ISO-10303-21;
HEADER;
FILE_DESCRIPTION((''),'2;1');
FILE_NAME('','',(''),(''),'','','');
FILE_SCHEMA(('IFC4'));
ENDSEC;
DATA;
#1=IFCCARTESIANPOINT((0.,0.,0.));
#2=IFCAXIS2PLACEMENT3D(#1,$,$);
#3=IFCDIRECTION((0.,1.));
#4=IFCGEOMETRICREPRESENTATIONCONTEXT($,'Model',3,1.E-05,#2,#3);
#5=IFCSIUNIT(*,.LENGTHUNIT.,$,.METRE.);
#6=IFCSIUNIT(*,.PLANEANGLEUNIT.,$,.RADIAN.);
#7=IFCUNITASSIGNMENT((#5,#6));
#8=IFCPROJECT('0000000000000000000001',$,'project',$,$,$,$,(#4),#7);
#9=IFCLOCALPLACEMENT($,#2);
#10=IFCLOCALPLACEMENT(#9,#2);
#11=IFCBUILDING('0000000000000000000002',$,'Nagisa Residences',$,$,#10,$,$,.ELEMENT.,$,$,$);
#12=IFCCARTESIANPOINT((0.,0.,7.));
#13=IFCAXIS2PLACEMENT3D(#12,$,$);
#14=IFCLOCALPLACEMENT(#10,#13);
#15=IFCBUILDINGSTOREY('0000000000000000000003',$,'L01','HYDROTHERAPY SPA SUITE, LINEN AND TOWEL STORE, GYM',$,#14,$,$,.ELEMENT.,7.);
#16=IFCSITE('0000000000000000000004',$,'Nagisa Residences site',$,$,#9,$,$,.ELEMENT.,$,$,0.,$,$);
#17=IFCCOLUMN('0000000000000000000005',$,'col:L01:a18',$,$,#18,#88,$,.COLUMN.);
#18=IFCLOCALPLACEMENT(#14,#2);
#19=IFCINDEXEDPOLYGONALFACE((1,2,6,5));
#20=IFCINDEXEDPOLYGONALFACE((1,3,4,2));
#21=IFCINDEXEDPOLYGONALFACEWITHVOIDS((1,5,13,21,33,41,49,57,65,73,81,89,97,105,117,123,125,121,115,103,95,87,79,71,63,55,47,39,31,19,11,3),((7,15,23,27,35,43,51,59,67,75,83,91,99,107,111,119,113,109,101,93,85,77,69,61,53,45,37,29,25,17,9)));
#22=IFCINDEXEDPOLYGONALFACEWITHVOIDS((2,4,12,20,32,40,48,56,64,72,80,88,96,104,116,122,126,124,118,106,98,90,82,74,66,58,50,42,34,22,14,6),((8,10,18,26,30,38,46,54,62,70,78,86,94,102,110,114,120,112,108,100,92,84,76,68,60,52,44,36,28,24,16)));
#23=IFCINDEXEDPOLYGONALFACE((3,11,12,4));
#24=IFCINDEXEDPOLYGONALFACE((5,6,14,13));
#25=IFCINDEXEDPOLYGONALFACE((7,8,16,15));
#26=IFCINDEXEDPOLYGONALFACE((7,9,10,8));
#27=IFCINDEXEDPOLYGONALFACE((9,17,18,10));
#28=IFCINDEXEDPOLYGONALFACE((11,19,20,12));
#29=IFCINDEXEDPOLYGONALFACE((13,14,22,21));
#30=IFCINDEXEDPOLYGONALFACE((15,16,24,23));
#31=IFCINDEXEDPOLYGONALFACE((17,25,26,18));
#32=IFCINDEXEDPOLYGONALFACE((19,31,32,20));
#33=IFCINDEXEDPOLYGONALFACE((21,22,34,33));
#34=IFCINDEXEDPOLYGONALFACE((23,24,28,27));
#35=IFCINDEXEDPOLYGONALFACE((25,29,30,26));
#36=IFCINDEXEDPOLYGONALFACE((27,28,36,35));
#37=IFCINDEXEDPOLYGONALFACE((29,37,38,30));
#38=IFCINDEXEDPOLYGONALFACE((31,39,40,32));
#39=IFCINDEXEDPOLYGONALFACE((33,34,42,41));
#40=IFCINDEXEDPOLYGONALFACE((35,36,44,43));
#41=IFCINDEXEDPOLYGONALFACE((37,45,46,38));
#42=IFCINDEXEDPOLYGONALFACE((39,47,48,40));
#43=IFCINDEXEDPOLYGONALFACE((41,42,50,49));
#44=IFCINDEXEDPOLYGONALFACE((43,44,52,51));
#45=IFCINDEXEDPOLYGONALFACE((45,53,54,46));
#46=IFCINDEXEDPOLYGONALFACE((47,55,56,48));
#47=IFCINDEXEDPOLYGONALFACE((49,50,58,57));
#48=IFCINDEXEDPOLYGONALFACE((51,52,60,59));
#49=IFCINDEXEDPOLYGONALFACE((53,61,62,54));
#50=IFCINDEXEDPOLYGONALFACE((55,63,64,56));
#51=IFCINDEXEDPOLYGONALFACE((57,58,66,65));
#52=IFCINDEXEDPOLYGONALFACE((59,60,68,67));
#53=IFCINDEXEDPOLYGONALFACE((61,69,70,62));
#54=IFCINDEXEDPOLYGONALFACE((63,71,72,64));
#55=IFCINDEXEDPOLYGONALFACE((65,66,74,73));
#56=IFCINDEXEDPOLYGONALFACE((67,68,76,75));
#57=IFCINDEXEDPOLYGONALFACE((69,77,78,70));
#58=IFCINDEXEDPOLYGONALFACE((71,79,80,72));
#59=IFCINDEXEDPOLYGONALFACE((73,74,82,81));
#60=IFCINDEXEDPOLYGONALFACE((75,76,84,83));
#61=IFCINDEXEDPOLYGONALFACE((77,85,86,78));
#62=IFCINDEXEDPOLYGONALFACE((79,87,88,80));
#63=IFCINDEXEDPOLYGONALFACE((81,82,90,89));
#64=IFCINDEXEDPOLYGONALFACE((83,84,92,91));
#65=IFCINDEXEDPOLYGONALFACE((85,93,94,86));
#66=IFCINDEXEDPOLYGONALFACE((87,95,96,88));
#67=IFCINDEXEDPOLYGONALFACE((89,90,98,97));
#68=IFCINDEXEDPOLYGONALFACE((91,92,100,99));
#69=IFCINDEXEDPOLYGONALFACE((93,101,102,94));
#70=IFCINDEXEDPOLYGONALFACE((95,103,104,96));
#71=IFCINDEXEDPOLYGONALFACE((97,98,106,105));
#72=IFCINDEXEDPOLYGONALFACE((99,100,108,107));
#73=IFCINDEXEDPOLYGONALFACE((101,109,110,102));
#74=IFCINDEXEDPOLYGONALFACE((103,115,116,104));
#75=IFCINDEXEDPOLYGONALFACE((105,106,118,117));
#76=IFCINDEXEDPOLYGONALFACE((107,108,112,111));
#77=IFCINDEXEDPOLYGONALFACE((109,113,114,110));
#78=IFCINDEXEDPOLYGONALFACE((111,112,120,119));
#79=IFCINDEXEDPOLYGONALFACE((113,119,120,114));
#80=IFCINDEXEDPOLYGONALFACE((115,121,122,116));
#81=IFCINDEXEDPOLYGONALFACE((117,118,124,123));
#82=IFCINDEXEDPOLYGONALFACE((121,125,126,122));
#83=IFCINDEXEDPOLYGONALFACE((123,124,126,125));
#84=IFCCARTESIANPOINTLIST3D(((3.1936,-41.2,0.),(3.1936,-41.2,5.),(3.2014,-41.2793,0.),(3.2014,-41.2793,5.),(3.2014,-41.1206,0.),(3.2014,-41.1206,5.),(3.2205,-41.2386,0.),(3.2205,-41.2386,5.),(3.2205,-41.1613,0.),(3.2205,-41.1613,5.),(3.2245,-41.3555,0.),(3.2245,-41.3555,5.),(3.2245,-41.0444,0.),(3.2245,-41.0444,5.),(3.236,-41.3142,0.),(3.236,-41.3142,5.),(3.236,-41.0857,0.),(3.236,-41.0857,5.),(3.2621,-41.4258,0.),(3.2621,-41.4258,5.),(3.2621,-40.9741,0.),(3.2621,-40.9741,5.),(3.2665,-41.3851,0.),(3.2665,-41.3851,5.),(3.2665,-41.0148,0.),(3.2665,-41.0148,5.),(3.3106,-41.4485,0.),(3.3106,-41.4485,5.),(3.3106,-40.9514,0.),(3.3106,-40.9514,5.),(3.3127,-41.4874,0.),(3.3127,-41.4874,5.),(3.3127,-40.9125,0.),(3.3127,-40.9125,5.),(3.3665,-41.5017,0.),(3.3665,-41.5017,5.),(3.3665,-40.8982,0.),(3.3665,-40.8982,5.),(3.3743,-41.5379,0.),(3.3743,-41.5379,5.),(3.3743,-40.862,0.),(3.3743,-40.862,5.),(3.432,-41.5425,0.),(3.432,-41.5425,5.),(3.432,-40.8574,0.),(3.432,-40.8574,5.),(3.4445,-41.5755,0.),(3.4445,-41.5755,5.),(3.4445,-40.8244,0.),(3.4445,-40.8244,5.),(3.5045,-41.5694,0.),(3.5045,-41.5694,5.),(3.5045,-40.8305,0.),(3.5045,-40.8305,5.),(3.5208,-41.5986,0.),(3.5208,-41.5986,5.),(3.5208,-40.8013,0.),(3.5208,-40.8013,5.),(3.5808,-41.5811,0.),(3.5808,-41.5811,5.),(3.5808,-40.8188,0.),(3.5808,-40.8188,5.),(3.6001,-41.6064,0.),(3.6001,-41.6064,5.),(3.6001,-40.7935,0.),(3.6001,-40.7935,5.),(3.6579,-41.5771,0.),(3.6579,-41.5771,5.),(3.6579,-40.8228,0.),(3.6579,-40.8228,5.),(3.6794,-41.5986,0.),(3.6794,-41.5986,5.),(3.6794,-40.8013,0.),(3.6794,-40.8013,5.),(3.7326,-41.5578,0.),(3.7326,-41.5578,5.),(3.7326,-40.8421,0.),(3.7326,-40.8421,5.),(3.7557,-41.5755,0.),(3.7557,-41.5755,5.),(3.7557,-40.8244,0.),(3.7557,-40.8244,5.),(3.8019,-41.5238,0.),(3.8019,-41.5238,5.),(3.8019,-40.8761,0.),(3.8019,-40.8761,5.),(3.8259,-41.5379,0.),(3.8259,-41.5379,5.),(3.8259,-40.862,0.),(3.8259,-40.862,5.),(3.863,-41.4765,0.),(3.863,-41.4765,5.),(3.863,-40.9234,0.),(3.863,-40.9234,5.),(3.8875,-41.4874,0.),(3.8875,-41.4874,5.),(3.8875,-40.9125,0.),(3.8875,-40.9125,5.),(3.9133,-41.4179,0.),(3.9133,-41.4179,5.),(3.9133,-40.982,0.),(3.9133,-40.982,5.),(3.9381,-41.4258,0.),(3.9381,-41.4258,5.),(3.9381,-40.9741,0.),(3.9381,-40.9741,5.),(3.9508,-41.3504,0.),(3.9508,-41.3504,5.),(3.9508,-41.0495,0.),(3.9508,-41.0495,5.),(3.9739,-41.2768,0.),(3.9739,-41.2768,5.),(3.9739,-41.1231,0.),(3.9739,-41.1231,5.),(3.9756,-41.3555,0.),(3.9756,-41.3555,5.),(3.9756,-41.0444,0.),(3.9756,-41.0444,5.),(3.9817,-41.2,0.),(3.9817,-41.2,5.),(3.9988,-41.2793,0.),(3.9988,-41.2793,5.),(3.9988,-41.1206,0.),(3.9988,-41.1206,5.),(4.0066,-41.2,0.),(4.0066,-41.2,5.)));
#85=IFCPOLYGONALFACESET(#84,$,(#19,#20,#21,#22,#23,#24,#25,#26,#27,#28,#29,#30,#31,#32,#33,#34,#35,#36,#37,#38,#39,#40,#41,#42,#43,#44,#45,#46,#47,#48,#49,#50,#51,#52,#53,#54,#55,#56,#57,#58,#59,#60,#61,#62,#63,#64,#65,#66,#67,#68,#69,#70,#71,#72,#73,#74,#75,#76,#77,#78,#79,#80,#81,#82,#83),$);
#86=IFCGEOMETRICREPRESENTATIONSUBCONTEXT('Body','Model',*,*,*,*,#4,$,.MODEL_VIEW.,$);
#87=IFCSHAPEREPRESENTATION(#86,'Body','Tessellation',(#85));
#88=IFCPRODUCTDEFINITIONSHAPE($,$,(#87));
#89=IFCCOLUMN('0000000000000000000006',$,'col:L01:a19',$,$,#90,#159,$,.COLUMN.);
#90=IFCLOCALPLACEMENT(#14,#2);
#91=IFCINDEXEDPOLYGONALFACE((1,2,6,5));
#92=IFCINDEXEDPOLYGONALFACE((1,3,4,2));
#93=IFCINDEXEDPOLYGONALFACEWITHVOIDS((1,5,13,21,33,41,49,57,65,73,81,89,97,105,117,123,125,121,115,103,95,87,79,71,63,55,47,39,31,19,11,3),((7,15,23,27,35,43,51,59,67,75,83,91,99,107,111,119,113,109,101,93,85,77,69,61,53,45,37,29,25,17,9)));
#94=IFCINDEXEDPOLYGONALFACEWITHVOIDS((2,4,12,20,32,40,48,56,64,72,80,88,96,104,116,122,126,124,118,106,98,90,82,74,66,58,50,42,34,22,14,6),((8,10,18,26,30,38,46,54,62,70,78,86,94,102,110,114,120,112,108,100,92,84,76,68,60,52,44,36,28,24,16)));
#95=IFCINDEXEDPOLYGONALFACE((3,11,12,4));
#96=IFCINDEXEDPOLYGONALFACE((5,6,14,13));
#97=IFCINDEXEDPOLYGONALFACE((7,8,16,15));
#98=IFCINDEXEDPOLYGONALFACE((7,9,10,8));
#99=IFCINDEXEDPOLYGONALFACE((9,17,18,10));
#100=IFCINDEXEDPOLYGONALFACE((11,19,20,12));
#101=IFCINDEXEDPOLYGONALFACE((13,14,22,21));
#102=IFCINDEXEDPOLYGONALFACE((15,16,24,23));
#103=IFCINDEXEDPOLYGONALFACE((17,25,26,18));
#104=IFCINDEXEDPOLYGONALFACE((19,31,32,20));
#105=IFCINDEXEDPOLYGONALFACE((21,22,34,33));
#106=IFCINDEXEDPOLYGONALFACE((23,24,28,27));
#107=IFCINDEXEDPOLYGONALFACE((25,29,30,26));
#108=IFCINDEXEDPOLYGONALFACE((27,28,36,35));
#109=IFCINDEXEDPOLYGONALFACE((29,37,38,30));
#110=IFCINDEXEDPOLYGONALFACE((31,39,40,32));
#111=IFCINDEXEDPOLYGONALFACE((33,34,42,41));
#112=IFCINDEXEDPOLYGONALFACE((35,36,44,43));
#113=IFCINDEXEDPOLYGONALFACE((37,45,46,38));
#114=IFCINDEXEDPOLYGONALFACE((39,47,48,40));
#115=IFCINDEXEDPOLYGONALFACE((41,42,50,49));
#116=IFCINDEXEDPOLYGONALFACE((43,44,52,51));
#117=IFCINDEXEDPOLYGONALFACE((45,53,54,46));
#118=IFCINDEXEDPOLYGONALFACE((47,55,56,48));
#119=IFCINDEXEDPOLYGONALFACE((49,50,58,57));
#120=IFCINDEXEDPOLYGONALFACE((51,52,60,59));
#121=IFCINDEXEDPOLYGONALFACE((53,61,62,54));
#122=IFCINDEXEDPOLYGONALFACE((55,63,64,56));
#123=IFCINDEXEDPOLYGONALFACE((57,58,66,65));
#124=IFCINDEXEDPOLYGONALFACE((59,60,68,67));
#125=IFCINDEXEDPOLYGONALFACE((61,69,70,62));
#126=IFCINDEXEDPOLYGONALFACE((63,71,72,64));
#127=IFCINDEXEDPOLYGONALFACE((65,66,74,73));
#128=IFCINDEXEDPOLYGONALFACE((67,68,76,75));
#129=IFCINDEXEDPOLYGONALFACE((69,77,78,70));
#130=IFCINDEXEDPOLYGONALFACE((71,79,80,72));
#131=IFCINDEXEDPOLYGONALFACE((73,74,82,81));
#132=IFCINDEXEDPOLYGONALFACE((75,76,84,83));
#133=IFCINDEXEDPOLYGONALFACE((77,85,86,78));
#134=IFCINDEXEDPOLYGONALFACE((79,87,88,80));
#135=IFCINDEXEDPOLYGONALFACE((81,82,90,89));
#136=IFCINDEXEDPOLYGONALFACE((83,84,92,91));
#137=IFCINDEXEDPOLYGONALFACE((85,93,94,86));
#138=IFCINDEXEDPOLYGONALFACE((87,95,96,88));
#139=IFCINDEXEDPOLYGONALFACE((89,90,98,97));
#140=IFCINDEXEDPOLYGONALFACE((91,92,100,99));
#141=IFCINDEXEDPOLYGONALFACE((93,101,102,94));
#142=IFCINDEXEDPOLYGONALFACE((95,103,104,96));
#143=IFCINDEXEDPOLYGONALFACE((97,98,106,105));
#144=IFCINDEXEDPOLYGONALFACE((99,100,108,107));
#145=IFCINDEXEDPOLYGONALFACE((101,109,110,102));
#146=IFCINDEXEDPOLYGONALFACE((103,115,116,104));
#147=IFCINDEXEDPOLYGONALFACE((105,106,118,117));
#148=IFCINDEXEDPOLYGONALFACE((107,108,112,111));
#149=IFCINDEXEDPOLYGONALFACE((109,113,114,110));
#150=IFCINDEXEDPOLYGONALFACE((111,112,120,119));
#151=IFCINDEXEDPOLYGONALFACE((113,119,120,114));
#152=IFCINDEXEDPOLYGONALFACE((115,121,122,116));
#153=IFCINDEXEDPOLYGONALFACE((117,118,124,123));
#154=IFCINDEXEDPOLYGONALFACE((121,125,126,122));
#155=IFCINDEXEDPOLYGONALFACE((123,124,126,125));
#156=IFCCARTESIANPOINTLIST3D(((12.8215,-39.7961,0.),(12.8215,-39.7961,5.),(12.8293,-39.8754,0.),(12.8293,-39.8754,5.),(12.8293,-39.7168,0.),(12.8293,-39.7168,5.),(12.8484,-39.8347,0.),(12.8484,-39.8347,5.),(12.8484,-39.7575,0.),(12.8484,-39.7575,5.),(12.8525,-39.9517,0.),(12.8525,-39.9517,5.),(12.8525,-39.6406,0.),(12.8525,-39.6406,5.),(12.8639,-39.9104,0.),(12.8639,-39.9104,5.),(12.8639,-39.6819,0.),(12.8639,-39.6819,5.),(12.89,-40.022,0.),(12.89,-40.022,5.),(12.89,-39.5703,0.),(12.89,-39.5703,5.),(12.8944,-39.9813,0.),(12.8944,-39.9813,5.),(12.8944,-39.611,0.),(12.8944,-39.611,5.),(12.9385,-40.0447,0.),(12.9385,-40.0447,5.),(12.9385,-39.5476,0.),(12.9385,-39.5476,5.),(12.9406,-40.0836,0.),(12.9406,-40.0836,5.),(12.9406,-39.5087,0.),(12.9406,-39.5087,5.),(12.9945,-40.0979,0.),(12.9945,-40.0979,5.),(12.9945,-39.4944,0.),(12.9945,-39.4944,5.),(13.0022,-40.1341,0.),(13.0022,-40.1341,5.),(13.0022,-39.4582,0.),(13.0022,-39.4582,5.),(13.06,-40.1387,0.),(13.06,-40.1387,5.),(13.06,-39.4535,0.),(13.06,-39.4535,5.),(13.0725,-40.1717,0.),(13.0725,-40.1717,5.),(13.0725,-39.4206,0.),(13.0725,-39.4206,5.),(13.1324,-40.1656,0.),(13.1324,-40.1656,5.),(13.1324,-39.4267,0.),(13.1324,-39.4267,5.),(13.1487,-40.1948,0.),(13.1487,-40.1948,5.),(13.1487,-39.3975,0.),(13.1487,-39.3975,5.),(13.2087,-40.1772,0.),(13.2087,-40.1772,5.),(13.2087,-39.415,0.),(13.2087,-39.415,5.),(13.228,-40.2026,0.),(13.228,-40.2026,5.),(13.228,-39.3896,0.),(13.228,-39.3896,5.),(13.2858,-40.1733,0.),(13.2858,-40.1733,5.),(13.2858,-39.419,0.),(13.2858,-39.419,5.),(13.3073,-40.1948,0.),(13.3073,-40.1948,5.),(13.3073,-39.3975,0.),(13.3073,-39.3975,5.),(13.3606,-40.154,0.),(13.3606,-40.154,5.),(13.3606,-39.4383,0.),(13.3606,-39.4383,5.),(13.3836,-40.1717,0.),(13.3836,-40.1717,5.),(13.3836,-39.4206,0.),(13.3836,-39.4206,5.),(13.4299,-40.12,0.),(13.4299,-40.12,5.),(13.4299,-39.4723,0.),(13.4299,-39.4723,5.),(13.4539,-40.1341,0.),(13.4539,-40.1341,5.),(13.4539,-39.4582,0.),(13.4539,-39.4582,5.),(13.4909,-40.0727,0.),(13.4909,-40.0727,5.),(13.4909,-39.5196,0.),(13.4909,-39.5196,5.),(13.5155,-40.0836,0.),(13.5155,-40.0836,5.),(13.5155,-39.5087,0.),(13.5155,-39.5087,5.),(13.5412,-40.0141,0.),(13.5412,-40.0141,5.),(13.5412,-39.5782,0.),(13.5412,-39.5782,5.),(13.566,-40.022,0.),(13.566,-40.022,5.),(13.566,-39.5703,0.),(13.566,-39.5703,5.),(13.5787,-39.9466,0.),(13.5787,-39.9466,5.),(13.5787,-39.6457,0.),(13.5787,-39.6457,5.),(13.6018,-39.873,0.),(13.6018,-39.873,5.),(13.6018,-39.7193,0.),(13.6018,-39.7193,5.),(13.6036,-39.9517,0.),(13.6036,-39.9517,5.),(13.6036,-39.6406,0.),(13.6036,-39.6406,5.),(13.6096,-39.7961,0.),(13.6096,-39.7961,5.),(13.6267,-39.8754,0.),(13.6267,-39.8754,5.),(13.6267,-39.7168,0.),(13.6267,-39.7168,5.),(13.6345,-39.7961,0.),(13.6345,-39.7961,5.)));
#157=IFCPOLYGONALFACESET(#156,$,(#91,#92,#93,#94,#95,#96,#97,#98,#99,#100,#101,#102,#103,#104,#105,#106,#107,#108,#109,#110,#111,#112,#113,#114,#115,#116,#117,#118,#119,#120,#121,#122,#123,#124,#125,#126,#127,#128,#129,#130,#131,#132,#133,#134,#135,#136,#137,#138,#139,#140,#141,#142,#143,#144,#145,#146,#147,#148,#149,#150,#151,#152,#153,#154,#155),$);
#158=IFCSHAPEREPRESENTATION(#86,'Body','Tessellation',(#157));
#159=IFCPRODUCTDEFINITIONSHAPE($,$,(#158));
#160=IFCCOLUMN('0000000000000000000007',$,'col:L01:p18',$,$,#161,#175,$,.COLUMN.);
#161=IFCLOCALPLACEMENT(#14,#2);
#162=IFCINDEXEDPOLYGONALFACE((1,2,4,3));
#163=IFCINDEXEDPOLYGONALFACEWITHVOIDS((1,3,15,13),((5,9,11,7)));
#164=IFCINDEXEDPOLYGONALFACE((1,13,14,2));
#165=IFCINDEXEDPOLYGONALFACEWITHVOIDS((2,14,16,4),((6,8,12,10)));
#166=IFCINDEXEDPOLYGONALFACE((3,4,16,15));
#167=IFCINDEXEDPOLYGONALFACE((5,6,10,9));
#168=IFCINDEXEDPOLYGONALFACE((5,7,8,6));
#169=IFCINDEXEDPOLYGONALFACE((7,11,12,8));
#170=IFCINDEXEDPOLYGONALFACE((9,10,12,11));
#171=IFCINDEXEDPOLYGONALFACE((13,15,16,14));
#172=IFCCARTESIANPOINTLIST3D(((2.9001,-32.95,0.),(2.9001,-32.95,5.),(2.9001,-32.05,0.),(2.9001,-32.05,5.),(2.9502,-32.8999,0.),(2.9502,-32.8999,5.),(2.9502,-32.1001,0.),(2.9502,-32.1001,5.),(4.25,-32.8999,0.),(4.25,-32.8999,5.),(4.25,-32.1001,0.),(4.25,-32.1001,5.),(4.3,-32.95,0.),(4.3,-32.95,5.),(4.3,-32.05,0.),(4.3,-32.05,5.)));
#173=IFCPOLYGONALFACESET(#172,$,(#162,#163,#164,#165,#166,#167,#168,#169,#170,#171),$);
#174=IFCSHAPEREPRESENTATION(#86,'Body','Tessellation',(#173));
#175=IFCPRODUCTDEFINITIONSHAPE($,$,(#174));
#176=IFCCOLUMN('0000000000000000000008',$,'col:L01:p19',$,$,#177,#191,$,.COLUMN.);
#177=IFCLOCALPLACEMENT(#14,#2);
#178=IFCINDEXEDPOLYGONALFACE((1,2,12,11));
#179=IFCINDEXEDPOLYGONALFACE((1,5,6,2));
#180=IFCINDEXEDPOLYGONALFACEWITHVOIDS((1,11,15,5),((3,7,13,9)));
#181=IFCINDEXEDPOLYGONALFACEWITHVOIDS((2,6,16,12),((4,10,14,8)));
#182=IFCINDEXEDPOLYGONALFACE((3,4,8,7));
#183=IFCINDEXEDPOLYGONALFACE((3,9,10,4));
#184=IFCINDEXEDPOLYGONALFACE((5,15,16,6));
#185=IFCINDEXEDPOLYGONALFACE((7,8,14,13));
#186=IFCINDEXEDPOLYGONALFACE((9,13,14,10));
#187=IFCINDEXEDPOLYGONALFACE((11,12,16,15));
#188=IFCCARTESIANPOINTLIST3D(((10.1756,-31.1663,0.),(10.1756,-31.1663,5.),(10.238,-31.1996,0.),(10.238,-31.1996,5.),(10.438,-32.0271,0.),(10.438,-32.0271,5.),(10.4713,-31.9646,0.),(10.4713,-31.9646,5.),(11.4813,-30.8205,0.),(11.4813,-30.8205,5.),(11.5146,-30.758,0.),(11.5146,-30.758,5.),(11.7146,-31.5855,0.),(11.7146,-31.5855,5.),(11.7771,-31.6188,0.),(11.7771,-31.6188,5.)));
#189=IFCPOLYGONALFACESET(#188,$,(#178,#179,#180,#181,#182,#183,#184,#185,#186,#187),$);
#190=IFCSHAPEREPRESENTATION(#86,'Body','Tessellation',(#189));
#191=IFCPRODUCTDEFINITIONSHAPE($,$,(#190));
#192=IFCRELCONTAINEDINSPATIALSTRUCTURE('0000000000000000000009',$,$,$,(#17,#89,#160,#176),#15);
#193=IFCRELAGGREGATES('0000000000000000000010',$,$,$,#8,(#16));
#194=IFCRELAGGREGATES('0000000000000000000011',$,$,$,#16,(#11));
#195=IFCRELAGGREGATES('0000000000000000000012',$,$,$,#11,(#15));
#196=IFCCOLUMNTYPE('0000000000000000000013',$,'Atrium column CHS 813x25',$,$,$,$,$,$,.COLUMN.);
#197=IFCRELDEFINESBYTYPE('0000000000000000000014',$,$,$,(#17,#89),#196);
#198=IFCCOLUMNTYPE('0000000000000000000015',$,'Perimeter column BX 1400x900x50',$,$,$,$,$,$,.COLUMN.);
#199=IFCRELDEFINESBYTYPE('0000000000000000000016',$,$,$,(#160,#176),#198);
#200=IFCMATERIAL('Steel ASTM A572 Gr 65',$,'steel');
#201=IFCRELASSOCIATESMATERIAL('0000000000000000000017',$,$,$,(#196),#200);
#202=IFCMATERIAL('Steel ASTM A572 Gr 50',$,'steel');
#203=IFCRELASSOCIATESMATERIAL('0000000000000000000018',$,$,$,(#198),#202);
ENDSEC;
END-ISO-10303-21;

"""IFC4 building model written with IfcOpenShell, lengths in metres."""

from ifc_helpers import new_model, si_unit, direction, frame, origin, origin_2d, place, context, subcontext, project, spatial, hollow_rectangle, hollow_circle, extrude, material, material_profile, profile_set, type_object, element, save


model = new_model("IFC4")

# Units and contexts
model_context = context("Model", 3, precision=1e-05, world=origin(), true_north=direction((0.0, 1.0)))
body_context = subcontext(model_context, "Body", "Model", "MODEL_VIEW")
ifc_project = project(units=[si_unit("LENGTHUNIT", "METRE"), si_unit("PLANEANGLEUNIT", "RADIAN")], contexts=[model_context])

# Site, building, storey
site_placement = place(None, origin())
site = spatial("IfcSite", under=ifc_project, at=site_placement, Name="Nagisa Residences site", CompositionType="ELEMENT", RefElevation=0.0)
building_placement = place(site_placement, origin())
building = spatial("IfcBuilding", under=site, at=building_placement, Name="Nagisa Residences", CompositionType="ELEMENT")
storey_placement = place(building_placement, frame((0.0, 0.0, 7.0)))
storey = spatial("IfcBuildingStorey", under=building, at=storey_placement, Name="L01", Description="HYDROTHERAPY SPA SUITE, LINEN AND TOWEL STORE, GYM", CompositionType="ELEMENT", Elevation=7.0)

# Columns
ifc_material_1 = material(Name="Steel ASTM A572 Gr 65", Category="steel")
ifc_material_profile_1 = material_profile(ifc_material_1, hollow_circle(Radius=0.4065, WallThickness=0.0249, at=origin_2d()), Name="CHS 813x25")
ifc_profile_set_1 = profile_set([ifc_material_profile_1], Name="Steel ASTM A572 Gr 65")
column_type_1 = type_object("IfcColumnType", Name="Atrium column CHS 813x25", PredefinedType="COLUMN", material=ifc_profile_set_1)
for number, where, z_axis, x_axis, name in (
    (1, (3.6001, -41.2, 0.0), (0.0, 0.0, 1.0), (1.0, 0.0, 0.0), "col:L01:a18"),
    (2, (13.228, -39.7961, 0.0), (0.0, 0.0, 1.0), (1.0, 0.0, 0.0), "col:L01:a19"),
):
    element("IfcColumn", number, at=place(storey_placement, frame(where, z_axis=z_axis, x_axis=x_axis)), inside=storey, type_object=column_type_1, Name=name, PredefinedType="COLUMN", context=body_context, shape_type="SweptSolid", body=[
        extrude(hollow_circle(Radius=0.4065, WallThickness=0.0249, at=origin_2d()), origin(), (0.0, 0.0, 1.0), 5.0),
    ])
ifc_material_2 = material(Name="Steel ASTM A572 Gr 50", Category="steel")
ifc_material_profile_2 = material_profile(ifc_material_2, hollow_rectangle(XDim=1.3999, YDim=0.8999, WallThickness=0.05, at=origin_2d()), Name="BX 1400x900x50")
ifc_profile_set_2 = profile_set([ifc_material_profile_2], Name="Steel ASTM A572 Gr 50")
column_type_2 = type_object("IfcColumnType", Name="Perimeter column BX 1400x900x50", PredefinedType="COLUMN", material=ifc_profile_set_2)
for number, where, z_axis, x_axis, name in (
    (3, (3.6001, -32.5, 0.0), (0.0, 0.0, 1.0), (1.0, 0.0, 0.0), "col:L01:p18"),
    (4, (10.9763, -31.3926, 0.0), (0.0, 0.0, 1.0), (0.956525, 0.291652, 0.0), "col:L01:p19"),
):
    element("IfcColumn", number, at=place(storey_placement, frame(where, z_axis=z_axis, x_axis=x_axis)), inside=storey, type_object=column_type_2, Name=name, PredefinedType="COLUMN", context=body_context, shape_type="SweptSolid", body=[
        extrude(hollow_rectangle(XDim=1.3999, YDim=0.8999, WallThickness=0.05, at=origin_2d()), origin(), (0.0, 0.0, 1.0), 5.0),
    ])

save(model, "model.ifc")
